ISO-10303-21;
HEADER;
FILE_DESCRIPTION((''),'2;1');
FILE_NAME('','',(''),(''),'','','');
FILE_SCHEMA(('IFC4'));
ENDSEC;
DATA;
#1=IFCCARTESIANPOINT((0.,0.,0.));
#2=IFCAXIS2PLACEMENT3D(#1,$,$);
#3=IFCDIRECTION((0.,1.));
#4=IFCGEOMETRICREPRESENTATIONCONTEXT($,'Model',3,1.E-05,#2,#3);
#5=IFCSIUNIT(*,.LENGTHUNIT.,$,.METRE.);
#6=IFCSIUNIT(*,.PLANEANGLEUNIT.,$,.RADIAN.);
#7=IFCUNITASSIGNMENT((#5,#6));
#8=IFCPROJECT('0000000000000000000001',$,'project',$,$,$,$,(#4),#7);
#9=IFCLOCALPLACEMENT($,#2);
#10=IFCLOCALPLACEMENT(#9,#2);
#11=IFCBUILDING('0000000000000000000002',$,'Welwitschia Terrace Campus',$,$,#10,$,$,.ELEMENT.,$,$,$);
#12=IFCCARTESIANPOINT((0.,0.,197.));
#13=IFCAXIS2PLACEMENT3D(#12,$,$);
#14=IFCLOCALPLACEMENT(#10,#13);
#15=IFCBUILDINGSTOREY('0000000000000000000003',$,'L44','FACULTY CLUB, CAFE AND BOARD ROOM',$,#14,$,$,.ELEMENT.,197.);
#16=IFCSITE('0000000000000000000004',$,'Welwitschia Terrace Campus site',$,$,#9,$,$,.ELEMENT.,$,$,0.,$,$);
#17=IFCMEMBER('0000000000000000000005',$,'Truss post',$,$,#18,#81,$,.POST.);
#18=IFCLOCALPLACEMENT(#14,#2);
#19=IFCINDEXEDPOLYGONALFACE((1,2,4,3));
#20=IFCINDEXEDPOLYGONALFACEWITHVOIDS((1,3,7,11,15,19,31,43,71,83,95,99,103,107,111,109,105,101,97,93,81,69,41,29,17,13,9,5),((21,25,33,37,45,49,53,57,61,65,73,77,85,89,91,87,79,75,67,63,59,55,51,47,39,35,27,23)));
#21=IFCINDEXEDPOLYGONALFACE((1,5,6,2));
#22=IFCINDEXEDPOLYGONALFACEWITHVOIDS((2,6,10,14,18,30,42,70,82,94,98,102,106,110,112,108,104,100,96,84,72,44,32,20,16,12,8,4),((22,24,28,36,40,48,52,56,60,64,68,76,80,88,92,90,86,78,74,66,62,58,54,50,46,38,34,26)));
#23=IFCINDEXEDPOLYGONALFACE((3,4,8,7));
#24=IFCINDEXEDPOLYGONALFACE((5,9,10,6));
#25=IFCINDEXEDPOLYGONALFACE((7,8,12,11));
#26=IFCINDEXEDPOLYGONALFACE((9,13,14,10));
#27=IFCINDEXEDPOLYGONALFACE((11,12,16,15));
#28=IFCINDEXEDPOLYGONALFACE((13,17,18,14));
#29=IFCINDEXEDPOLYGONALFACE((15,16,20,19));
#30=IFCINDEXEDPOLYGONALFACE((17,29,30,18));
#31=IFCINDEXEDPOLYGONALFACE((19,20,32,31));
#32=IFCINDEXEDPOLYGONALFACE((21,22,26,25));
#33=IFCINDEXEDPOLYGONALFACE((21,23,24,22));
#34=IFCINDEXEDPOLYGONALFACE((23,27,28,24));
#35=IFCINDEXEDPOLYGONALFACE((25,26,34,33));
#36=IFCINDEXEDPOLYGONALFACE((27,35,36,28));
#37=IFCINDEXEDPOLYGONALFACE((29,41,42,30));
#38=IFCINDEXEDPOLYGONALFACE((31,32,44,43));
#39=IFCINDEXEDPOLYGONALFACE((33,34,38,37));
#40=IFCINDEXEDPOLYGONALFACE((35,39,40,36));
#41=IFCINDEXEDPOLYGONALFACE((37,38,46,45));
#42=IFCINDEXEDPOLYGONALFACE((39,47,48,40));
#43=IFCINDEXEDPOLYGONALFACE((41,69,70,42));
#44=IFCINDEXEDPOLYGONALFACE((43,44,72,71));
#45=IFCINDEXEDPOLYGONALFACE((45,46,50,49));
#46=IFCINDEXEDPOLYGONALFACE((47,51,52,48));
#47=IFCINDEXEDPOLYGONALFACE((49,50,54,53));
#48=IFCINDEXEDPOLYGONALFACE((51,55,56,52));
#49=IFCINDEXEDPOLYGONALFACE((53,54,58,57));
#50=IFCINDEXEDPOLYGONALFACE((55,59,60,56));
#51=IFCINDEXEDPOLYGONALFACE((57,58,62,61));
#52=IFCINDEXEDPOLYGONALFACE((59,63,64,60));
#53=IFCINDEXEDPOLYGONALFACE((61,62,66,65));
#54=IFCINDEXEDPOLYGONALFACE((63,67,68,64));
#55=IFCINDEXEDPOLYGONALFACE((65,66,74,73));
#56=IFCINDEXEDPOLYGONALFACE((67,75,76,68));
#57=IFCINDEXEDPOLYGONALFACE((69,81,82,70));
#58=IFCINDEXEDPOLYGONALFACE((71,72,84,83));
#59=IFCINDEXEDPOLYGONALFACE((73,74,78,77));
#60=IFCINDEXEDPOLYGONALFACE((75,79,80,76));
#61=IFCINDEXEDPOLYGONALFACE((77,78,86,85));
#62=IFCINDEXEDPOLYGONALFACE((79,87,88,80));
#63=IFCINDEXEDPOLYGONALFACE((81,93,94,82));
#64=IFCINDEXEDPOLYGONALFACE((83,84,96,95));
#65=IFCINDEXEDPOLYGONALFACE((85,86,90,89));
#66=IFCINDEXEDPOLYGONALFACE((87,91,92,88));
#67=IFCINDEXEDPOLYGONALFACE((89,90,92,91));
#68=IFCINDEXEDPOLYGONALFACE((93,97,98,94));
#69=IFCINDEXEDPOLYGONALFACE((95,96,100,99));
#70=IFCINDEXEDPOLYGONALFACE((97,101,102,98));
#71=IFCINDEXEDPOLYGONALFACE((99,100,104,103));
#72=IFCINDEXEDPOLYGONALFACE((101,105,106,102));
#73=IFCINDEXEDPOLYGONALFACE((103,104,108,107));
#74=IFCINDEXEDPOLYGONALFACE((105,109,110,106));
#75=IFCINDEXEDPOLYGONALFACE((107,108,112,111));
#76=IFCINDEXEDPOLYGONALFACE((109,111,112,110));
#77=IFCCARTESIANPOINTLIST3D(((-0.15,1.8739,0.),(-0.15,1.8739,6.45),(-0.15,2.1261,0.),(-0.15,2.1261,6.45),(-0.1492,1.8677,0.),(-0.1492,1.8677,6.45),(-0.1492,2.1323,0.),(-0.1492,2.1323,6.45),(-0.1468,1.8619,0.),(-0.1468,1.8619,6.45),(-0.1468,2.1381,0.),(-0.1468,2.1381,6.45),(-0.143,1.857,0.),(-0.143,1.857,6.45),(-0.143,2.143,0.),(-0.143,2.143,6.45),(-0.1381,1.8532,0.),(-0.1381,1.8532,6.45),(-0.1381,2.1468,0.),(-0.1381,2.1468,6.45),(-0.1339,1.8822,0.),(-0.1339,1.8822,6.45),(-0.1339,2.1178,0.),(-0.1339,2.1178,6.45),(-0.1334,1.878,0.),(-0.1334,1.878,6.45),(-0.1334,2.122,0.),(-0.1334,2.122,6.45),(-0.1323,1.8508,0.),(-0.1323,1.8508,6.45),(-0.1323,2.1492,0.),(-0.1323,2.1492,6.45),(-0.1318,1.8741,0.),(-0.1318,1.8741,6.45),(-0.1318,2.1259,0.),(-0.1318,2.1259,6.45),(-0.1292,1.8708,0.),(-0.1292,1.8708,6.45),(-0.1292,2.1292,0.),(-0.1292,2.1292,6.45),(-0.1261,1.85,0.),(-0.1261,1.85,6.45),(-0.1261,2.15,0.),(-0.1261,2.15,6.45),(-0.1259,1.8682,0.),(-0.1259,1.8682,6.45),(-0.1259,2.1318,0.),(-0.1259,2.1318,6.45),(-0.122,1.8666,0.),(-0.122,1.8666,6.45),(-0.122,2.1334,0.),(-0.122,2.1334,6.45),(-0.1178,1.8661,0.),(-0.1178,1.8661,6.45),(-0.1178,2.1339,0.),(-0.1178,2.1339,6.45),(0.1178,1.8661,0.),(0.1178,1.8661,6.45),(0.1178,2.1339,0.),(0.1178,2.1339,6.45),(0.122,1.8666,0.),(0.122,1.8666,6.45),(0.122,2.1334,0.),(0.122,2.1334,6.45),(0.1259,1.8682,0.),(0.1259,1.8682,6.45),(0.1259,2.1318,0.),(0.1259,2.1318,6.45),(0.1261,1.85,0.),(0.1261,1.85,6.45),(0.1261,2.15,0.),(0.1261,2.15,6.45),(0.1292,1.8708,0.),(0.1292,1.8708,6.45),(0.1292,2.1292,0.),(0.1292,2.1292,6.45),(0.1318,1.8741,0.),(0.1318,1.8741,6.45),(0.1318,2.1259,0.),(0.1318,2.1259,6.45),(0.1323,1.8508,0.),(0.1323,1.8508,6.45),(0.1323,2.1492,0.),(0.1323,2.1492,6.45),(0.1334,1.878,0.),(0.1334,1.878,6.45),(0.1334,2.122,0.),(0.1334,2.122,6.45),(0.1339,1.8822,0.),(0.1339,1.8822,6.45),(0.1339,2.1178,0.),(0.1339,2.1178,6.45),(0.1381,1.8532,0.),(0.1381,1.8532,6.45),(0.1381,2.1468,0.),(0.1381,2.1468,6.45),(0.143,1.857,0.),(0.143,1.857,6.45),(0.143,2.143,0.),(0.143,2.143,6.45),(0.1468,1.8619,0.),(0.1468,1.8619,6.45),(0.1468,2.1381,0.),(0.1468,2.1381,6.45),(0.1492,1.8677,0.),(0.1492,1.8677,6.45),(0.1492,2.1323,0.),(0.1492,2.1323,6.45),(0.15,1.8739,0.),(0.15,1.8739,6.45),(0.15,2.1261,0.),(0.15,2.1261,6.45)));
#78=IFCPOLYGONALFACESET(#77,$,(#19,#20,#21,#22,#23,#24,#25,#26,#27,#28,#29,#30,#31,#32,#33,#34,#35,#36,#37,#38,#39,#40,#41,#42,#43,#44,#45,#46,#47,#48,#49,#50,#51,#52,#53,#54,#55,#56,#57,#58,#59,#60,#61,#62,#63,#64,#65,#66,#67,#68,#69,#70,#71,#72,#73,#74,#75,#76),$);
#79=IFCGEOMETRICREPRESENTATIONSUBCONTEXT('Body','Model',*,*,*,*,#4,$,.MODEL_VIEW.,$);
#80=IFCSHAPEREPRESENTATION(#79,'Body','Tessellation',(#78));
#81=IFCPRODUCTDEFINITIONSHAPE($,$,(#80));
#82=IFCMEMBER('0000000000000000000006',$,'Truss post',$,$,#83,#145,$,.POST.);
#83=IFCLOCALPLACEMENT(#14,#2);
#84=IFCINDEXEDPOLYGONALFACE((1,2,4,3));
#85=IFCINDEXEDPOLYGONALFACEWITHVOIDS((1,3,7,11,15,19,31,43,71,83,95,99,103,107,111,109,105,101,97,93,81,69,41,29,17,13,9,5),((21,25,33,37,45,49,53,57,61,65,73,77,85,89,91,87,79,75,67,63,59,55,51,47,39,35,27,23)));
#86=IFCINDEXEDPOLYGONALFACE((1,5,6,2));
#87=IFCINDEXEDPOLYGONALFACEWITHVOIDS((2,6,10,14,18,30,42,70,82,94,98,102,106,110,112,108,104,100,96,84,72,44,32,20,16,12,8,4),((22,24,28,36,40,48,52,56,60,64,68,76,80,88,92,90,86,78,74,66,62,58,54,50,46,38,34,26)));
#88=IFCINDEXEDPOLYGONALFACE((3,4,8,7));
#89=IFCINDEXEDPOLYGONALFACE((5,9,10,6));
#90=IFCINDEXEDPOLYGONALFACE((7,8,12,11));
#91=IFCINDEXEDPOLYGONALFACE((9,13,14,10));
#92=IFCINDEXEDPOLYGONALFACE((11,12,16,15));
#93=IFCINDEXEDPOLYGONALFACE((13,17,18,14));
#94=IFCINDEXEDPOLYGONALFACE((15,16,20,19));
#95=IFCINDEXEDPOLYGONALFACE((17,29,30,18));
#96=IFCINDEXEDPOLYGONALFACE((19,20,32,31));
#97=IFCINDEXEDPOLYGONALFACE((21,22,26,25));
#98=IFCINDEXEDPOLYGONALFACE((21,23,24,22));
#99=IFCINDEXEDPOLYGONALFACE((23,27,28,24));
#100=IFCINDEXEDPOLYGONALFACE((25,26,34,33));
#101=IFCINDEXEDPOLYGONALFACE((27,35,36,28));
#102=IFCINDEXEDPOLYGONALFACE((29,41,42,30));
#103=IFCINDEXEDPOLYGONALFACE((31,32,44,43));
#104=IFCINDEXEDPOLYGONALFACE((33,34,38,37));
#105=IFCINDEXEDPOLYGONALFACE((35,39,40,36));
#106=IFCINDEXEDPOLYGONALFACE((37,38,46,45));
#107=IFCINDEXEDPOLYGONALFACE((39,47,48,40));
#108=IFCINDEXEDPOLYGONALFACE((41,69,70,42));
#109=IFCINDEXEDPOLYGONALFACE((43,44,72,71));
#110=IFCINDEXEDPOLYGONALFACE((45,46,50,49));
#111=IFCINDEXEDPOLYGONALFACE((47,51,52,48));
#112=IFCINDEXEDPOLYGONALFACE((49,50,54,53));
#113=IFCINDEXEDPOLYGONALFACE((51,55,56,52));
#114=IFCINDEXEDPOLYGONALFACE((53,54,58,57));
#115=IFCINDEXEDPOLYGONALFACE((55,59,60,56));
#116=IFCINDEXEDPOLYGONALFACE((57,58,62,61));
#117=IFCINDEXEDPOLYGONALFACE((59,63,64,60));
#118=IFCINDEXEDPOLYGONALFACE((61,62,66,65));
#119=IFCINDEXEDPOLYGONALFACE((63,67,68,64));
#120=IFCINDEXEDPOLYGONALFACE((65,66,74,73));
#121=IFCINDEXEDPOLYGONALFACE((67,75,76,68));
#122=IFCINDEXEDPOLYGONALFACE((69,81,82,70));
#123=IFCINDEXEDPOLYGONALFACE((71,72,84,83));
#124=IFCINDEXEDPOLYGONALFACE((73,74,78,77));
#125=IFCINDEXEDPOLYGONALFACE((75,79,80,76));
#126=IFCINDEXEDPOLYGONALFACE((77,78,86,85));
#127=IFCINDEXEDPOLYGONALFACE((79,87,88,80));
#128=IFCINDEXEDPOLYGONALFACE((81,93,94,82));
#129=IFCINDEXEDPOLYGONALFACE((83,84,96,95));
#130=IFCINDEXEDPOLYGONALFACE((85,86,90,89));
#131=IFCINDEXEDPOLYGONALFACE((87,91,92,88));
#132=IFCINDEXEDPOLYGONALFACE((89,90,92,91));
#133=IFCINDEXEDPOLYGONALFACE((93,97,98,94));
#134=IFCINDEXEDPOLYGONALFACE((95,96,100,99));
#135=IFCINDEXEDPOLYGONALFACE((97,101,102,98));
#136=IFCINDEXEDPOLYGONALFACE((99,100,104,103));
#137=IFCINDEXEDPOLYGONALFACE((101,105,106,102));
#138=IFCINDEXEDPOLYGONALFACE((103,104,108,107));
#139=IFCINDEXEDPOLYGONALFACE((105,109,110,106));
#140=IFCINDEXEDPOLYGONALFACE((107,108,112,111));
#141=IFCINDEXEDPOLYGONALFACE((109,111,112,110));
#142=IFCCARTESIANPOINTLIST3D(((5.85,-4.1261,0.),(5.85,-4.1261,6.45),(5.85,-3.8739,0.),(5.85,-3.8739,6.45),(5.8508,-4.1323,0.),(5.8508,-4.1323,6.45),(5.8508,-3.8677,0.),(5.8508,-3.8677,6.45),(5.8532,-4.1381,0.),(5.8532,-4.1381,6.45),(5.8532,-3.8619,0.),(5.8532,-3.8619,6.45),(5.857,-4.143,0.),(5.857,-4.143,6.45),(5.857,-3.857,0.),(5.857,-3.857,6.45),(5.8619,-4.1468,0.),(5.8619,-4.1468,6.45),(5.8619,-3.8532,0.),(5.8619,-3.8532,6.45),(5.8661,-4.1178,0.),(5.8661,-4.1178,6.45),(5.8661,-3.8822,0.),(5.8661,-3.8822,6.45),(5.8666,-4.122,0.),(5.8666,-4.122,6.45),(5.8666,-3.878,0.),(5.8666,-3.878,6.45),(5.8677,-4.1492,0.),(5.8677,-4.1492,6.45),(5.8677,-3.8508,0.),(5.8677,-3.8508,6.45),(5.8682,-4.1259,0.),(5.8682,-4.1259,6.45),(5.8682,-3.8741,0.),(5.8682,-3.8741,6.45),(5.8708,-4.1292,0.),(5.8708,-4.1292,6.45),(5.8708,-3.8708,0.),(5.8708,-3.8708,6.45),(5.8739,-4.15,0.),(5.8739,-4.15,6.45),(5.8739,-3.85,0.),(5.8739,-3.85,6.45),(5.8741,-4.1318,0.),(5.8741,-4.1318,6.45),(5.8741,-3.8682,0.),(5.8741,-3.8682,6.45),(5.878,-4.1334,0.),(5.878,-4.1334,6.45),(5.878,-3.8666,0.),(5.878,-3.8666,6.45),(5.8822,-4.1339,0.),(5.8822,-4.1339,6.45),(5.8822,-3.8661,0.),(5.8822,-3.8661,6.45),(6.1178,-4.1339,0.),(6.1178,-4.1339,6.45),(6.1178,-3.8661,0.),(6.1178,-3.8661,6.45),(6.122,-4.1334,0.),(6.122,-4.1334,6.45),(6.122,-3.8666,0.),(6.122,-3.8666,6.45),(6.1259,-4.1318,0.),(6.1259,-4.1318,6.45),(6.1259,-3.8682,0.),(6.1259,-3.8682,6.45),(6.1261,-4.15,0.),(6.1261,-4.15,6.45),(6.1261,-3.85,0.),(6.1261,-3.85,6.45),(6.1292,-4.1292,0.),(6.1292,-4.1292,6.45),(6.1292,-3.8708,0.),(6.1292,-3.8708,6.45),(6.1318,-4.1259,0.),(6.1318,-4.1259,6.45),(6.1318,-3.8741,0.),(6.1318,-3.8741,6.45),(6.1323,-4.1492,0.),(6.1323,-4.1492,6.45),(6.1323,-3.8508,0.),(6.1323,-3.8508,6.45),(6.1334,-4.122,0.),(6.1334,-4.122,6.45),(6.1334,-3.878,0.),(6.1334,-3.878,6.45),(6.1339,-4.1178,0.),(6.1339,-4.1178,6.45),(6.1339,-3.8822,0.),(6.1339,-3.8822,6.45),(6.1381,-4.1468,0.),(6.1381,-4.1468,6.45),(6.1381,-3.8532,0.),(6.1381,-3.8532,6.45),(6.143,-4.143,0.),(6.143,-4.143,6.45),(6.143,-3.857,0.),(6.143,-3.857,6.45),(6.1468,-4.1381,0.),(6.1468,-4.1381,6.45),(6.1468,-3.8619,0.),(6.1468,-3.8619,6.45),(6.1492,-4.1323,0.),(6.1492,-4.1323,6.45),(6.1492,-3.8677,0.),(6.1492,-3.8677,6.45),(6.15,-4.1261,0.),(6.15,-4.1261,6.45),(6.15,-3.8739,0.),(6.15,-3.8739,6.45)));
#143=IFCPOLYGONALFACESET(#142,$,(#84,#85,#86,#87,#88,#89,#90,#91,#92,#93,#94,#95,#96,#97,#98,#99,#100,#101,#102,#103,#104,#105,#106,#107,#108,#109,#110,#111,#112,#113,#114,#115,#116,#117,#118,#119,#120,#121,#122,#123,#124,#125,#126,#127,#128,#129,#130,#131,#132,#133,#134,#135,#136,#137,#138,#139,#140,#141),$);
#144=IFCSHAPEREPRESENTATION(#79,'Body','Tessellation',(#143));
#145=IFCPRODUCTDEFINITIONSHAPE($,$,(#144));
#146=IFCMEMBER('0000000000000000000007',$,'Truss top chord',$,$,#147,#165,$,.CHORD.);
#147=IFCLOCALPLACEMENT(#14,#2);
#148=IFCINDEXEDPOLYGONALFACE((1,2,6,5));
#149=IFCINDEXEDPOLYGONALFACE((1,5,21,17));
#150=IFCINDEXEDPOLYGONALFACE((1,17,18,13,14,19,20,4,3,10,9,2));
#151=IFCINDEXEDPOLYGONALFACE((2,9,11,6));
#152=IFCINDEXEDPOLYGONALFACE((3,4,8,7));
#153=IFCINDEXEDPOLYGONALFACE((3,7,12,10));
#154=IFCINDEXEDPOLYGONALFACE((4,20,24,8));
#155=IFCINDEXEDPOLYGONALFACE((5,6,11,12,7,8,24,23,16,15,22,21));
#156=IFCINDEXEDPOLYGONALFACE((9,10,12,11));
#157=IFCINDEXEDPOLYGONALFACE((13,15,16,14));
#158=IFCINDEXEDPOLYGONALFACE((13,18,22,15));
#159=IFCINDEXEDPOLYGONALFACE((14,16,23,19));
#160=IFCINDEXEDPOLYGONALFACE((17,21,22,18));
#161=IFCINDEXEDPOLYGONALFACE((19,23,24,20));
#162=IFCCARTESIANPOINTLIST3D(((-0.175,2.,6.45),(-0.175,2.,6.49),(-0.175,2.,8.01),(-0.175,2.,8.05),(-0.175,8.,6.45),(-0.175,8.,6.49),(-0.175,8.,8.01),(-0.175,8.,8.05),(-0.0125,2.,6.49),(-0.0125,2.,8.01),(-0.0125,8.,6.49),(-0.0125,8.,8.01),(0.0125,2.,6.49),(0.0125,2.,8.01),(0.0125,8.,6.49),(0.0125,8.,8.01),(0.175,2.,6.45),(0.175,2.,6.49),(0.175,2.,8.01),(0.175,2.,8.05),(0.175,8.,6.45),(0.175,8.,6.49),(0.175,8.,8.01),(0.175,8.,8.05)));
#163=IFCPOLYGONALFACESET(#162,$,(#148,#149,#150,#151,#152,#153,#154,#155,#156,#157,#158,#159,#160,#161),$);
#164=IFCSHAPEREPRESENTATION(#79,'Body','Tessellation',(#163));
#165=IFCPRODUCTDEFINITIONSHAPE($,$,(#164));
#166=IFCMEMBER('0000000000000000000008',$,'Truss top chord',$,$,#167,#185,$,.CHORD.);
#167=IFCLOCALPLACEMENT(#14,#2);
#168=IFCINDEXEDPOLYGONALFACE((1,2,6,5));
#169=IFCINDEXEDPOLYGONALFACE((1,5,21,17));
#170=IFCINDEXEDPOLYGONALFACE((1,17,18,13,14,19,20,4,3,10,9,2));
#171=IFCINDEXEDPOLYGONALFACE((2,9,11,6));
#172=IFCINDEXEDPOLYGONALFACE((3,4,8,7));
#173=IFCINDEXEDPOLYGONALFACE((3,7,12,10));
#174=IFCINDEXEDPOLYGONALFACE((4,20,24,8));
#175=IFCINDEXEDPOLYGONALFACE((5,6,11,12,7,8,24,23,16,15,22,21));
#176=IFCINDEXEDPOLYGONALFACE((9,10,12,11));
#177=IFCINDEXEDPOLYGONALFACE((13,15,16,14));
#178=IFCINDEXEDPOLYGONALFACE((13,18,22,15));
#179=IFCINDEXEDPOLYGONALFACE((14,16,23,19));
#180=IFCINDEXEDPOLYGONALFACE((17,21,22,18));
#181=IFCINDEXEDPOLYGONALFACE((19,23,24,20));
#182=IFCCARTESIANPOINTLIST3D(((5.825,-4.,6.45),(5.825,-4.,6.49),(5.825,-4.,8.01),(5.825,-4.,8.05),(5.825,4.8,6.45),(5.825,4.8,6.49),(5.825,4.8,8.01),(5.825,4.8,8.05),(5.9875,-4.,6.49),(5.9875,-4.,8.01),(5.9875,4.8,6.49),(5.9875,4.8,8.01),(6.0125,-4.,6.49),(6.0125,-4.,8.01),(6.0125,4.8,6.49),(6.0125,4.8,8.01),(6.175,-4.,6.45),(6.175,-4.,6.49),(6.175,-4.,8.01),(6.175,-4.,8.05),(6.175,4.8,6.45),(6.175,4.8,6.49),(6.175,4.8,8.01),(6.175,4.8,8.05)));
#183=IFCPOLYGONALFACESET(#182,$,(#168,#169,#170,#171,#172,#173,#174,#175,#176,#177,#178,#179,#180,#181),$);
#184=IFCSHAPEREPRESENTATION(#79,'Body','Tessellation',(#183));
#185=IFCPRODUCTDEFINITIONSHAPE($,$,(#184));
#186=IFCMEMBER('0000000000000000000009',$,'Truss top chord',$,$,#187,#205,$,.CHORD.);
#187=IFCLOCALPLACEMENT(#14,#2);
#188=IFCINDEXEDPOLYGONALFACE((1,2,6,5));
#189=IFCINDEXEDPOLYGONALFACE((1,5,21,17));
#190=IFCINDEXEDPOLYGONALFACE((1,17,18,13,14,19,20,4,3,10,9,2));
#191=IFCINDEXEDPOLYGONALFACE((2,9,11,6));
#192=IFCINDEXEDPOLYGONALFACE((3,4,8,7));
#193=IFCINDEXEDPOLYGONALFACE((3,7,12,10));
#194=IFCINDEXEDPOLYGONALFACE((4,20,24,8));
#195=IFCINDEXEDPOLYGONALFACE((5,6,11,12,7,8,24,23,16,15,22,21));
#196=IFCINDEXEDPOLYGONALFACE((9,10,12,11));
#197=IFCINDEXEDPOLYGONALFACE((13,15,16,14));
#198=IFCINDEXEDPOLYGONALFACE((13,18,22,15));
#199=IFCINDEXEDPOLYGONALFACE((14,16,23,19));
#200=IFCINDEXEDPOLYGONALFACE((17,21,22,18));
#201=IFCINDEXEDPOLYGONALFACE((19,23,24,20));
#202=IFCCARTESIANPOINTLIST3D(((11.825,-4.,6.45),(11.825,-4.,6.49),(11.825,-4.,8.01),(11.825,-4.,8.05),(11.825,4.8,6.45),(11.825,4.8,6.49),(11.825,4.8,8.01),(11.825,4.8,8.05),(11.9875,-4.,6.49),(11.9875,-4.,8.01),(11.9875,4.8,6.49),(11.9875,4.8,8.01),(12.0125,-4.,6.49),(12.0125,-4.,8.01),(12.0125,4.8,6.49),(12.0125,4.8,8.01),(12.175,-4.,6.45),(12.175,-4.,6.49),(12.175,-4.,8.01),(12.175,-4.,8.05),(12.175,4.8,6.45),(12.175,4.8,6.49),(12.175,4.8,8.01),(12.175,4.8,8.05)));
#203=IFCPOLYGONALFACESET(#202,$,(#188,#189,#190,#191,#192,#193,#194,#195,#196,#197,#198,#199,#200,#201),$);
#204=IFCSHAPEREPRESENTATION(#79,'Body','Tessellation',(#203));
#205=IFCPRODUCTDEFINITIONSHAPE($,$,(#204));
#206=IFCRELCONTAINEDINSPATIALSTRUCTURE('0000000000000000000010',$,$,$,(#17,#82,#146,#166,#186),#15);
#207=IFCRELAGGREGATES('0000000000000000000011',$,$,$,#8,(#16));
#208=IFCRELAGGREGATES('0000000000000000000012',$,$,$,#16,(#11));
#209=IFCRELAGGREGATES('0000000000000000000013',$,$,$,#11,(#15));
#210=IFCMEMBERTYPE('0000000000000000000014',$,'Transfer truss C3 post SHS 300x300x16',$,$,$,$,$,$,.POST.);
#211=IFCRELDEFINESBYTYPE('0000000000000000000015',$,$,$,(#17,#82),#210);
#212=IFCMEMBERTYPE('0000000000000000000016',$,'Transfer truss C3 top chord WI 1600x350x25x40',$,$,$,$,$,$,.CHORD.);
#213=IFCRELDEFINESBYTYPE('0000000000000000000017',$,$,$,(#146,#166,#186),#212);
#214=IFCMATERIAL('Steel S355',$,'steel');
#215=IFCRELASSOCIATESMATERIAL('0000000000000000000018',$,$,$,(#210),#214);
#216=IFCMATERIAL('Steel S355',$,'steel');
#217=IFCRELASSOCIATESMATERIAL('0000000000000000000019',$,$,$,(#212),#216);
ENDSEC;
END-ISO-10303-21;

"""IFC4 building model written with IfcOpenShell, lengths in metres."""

from ifc_helpers import new_model, si_unit, direction, frame, origin, origin_2d, place, context, subcontext, project, spatial, hollow_rectangle, i_section, extrude, material, material_profile, profile_set, type_object, element, save


model = new_model("IFC4")

# Units and contexts
model_context = context("Model", 3, precision=1e-05, world=origin(), true_north=direction((0.0, 1.0)))
body_context = subcontext(model_context, "Body", "Model", "MODEL_VIEW")
ifc_project = project(units=[si_unit("LENGTHUNIT", "METRE"), si_unit("PLANEANGLEUNIT", "RADIAN")], contexts=[model_context])

# Site, building, storey
site_placement = place(None, origin())
site = spatial("IfcSite", under=ifc_project, at=site_placement, Name="Welwitschia Terrace Campus site", CompositionType="ELEMENT", RefElevation=0.0)
building_placement = place(site_placement, origin())
building = spatial("IfcBuilding", under=site, at=building_placement, Name="Welwitschia Terrace Campus", CompositionType="ELEMENT")
storey_placement = place(building_placement, frame((0.0, 0.0, 197.0)))
storey = spatial("IfcBuildingStorey", under=building, at=storey_placement, Name="L44", Description="FACULTY CLUB, CAFE AND BOARD ROOM", CompositionType="ELEMENT", Elevation=197.0)

# Members
ifc_material_1 = material(Name="Steel S355", Category="steel")
ifc_material_profile_1 = material_profile(ifc_material_1, hollow_rectangle(XDim=0.3, YDim=0.3, WallThickness=0.0161, InnerFilletRadius=0.0161, OuterFilletRadius=0.0239, at=origin_2d()))
ifc_profile_set_1 = profile_set([ifc_material_profile_1], Name="Steel S355")
member_type_1 = type_object("IfcMemberType", Name="Transfer truss C3 post SHS 300x300x16", PredefinedType="POST", material=ifc_profile_set_1)
for number, where, z_axis, x_axis, name in (
    (1, (0.0, 2.0, 0.0), (0.0, 0.0, 1.0), (1.0, 0.0, 0.0), "Truss post"),
    (2, (6.0, -4.0, 0.0), (0.0, 0.0, 1.0), (1.0, 0.0, 0.0), "Truss post"),
):
    element("IfcMember", number, at=place(storey_placement, frame(where, z_axis=z_axis, x_axis=x_axis)), inside=storey, type_object=member_type_1, Name=name, PredefinedType="POST", context=body_context, shape_type="SweptSolid", body=[
        extrude(hollow_rectangle(XDim=0.3, YDim=0.3, WallThickness=0.0161, InnerFilletRadius=0.0161, OuterFilletRadius=0.0239, at=origin_2d()), origin(), (0.0, 0.0, 1.0), 6.45),
    ])
ifc_material_2 = material(Name="Steel S355", Category="steel")
ifc_material_profile_2 = material_profile(ifc_material_2, i_section(OverallWidth=0.3501, OverallDepth=1.6001, WebThickness=0.0249, FlangeThickness=0.04, at=origin_2d()))
ifc_profile_set_2 = profile_set([ifc_material_profile_2], Name="Steel S355")
member_type_2 = type_object("IfcMemberType", Name="Transfer truss C3 top chord WI 1600x350x25x40", PredefinedType="CHORD", material=ifc_profile_set_2)
member_1_placement = place(storey_placement, frame((0.0, 2.0, 7.25), z_axis=(0.0, 1.0, 0.0), x_axis=(-1.0, 0.0, 0.0)))
element("IfcMember", 3, at=member_1_placement, inside=storey, type_object=member_type_2, Name="Truss top chord", PredefinedType="CHORD", context=body_context, shape_type="SweptSolid", body=[
    extrude(i_section(OverallWidth=0.3501, OverallDepth=1.6001, WebThickness=0.0249, FlangeThickness=0.04, at=origin_2d()), origin(), (0.0, 0.0, 1.0), 6.0),
])
for number, where, z_axis, x_axis, name in (
    (4, (6.0, -4.0, 7.25), (0.0, 1.0, 0.0), (-1.0, 0.0, 0.0), "Truss top chord"),
    (5, (12.0, -4.0, 7.25), (0.0, 1.0, 0.0), (-1.0, 0.0, 0.0), "Truss top chord"),
):
    element("IfcMember", number, at=place(storey_placement, frame(where, z_axis=z_axis, x_axis=x_axis)), inside=storey, type_object=member_type_2, Name=name, PredefinedType="CHORD", context=body_context, shape_type="SweptSolid", body=[
        extrude(i_section(OverallWidth=0.3501, OverallDepth=1.6001, WebThickness=0.0249, FlangeThickness=0.04, at=origin_2d()), origin(), (0.0, 0.0, 1.0), 8.8),
    ])

save(model, "model.ifc")
